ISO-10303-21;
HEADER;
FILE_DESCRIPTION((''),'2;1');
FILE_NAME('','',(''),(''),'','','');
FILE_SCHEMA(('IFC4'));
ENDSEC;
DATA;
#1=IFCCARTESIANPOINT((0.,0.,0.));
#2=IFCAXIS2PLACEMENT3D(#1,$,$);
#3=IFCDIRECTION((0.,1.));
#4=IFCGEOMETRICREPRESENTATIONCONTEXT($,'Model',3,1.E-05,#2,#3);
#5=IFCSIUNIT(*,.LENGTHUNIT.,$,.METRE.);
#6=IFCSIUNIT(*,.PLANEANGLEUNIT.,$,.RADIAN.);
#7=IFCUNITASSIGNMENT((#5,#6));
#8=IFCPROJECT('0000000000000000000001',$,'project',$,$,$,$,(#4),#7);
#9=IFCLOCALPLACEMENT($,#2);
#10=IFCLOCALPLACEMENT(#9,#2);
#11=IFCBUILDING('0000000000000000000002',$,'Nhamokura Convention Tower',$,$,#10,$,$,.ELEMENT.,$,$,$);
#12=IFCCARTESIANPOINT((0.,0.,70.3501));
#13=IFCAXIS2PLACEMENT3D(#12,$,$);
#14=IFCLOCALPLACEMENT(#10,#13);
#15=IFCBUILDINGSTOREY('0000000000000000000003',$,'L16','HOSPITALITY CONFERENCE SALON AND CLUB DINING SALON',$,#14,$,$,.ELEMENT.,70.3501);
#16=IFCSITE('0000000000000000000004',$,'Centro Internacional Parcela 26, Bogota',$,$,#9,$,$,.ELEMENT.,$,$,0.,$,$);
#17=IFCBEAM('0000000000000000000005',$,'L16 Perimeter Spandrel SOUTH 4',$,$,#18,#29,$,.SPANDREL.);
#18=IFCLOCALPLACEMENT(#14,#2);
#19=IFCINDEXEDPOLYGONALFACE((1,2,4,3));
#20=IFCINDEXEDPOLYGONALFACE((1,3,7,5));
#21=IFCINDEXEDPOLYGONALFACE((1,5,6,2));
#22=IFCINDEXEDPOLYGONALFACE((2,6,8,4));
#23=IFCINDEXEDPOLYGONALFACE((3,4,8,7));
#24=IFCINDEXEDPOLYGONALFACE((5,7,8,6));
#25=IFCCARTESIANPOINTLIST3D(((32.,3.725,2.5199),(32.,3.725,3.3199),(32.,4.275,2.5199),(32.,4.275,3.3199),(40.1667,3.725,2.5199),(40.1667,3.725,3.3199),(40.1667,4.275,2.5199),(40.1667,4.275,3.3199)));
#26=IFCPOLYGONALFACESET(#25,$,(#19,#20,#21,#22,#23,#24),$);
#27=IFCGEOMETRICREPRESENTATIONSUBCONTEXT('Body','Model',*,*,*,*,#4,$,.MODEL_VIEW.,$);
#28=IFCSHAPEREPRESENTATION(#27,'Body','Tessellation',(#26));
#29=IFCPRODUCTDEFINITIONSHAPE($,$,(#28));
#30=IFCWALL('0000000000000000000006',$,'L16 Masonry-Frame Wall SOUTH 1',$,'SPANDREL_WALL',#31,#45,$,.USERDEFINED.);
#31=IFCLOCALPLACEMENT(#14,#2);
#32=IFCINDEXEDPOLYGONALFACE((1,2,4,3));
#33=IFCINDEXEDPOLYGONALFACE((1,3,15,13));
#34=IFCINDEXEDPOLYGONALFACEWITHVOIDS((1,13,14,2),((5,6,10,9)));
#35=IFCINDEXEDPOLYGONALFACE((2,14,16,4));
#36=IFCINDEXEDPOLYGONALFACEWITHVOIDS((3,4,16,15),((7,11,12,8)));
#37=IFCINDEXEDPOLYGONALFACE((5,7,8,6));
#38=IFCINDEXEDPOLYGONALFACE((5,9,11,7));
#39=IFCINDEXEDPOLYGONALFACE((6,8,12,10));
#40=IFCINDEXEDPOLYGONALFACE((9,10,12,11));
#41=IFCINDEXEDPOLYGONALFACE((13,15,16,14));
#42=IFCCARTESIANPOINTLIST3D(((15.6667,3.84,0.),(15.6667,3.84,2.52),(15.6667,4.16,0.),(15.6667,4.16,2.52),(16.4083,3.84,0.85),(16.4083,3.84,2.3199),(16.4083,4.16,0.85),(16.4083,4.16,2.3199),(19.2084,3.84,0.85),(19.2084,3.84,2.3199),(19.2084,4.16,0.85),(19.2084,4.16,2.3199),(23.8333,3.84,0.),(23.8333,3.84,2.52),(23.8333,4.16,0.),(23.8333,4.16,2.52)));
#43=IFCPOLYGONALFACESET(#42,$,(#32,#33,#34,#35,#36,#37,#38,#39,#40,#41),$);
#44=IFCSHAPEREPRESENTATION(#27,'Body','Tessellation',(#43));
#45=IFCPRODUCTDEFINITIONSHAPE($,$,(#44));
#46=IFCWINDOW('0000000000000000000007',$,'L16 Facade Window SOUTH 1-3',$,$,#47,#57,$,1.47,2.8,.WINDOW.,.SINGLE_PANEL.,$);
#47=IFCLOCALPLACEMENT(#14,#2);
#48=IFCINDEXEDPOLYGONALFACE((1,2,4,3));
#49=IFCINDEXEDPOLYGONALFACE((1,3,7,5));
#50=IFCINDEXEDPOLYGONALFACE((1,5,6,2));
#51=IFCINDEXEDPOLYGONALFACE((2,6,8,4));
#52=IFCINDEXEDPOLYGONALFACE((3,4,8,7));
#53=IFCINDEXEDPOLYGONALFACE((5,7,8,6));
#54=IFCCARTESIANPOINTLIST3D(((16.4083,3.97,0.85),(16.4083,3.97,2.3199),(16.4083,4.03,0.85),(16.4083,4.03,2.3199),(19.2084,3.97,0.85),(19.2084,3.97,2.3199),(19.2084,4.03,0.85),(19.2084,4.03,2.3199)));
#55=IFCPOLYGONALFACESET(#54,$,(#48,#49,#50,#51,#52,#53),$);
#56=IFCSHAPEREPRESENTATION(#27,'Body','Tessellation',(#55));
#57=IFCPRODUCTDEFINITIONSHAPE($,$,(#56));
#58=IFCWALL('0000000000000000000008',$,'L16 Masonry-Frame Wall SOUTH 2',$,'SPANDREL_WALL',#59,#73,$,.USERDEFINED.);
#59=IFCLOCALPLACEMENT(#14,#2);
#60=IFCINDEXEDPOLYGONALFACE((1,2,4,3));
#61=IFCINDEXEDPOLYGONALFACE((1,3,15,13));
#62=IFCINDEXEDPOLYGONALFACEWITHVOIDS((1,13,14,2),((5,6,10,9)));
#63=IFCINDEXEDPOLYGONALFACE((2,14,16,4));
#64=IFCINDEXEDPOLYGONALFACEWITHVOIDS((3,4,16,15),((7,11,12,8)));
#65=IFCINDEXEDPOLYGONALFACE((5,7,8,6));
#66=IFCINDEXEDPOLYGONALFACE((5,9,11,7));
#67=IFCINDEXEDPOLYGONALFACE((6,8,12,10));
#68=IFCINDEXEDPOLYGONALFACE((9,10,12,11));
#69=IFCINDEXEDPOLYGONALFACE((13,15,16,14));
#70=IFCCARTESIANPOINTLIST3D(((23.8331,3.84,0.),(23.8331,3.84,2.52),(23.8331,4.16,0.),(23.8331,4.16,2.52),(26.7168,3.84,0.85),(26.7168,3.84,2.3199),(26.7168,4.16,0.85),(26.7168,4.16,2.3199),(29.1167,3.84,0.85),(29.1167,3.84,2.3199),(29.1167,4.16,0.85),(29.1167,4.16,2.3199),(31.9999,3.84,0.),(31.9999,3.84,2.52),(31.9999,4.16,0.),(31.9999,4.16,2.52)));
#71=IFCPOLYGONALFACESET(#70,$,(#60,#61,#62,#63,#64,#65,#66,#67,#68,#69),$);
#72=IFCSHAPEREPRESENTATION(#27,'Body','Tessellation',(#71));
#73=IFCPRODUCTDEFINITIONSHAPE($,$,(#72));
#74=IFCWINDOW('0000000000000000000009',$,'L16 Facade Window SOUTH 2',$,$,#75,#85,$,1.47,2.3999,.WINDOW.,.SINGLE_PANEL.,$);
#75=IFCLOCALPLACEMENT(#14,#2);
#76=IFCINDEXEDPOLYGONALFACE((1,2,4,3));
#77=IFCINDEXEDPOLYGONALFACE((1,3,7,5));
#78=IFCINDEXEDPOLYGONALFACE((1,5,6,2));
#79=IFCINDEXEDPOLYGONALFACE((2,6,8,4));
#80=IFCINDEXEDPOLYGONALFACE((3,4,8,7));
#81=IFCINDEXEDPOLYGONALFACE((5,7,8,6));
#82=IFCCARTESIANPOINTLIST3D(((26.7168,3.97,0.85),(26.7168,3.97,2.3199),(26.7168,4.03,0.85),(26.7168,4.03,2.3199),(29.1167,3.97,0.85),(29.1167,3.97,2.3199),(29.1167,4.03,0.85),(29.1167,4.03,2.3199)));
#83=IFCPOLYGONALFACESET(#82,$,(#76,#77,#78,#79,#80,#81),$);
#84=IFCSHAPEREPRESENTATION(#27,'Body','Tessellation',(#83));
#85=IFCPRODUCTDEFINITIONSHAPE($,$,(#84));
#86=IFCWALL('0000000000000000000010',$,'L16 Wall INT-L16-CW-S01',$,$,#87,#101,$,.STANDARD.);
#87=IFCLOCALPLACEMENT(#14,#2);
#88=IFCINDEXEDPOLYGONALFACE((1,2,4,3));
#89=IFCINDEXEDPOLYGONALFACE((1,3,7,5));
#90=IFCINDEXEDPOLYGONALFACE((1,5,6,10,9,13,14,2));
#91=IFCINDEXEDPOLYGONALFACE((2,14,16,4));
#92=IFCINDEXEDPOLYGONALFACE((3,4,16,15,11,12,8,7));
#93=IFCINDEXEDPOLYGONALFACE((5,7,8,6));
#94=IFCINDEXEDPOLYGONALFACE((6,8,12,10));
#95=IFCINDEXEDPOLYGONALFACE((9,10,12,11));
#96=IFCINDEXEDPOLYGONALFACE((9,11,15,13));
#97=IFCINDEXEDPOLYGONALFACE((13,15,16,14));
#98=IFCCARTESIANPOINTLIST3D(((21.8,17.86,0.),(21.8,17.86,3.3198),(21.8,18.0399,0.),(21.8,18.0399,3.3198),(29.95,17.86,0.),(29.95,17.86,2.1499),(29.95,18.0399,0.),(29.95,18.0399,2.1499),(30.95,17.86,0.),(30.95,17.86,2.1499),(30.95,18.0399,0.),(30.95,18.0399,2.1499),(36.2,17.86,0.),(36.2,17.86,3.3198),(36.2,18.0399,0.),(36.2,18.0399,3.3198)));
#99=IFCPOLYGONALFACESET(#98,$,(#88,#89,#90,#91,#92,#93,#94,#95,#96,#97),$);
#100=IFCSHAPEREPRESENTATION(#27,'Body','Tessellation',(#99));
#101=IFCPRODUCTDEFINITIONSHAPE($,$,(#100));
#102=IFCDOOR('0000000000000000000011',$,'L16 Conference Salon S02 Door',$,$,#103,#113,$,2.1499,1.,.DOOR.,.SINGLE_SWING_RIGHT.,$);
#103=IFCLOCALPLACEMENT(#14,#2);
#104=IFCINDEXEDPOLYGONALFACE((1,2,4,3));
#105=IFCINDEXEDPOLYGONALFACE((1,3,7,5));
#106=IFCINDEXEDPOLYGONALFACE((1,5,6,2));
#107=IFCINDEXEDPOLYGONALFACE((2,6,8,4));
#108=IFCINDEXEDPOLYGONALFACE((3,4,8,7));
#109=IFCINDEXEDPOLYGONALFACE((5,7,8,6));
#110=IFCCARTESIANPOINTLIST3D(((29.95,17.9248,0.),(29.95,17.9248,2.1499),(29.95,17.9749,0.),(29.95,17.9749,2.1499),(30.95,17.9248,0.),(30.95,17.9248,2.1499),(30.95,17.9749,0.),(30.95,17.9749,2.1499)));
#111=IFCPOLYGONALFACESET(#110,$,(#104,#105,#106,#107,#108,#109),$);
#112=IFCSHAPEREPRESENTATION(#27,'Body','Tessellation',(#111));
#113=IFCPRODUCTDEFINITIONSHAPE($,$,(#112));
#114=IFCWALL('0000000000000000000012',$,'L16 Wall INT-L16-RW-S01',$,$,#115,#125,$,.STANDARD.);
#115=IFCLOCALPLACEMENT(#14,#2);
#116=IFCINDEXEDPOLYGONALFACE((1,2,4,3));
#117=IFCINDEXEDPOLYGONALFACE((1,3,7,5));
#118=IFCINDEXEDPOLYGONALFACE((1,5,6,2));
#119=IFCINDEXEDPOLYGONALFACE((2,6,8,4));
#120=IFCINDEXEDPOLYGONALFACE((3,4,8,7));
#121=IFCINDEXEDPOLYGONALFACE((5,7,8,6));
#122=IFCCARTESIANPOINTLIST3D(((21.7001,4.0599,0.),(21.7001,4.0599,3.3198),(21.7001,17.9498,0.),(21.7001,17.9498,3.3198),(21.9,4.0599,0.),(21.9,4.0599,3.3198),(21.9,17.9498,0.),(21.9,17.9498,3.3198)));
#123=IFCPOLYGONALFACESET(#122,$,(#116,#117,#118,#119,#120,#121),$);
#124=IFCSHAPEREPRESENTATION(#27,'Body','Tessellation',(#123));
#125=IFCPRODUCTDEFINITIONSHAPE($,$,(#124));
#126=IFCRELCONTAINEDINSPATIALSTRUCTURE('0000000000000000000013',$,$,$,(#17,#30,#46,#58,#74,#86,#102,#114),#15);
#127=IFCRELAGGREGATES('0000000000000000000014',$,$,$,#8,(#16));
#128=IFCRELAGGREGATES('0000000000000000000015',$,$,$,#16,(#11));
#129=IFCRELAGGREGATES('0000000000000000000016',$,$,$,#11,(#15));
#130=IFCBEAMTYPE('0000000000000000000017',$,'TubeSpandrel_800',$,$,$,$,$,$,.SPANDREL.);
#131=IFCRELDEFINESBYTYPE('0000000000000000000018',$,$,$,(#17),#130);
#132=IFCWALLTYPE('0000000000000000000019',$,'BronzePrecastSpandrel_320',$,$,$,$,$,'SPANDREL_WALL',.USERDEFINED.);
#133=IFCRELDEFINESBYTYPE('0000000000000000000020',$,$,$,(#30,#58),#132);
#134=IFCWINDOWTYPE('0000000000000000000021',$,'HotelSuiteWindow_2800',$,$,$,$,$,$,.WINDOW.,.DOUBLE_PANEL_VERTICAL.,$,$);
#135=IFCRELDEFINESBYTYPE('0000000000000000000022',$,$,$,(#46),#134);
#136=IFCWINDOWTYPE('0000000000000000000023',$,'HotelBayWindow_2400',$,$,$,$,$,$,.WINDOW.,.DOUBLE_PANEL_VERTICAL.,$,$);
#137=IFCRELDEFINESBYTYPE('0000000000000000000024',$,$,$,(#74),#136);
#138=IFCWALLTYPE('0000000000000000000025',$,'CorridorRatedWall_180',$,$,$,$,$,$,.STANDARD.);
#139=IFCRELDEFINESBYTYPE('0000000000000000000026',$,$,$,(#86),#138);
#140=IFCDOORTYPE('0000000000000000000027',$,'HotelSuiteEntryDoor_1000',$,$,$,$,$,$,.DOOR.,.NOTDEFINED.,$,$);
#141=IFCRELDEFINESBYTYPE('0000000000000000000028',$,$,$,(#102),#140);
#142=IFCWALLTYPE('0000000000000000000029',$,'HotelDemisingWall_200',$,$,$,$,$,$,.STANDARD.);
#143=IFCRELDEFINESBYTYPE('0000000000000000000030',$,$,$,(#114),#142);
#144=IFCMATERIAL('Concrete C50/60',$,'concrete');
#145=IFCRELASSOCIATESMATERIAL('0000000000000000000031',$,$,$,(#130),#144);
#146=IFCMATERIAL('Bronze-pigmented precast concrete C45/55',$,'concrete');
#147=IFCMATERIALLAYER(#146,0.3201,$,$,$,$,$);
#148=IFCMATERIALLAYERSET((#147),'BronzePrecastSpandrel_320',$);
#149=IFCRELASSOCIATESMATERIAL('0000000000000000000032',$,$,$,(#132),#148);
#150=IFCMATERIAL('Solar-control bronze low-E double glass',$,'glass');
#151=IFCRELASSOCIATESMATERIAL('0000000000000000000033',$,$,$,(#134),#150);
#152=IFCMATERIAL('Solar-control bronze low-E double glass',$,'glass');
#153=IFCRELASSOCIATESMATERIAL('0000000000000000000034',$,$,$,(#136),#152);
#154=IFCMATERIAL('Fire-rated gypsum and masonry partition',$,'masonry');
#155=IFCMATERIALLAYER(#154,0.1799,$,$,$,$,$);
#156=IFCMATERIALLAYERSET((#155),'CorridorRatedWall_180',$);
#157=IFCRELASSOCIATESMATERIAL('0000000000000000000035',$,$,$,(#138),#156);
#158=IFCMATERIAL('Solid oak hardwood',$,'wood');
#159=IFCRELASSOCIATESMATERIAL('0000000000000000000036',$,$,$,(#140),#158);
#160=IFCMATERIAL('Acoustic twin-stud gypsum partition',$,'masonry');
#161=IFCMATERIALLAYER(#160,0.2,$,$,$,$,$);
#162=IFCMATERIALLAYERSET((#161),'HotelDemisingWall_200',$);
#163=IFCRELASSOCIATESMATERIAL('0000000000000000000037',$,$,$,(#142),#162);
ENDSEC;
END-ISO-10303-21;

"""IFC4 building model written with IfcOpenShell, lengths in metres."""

from ifc_helpers import new_model, si_unit, direction, frame, frame_2d, origin, origin_2d, place, context, subcontext, project, spatial, rectangle, extrude, material, layer, layer_set, material_profile, profile_set, type_object, element, fill, save


model = new_model("IFC4")

# Units and contexts
model_context = context("Model", 3, precision=1e-05, world=origin(), true_north=direction((0.0, 1.0)))
body_context = subcontext(model_context, "Body", "Model", "MODEL_VIEW")
ifc_project = project(units=[si_unit("LENGTHUNIT", "METRE"), si_unit("PLANEANGLEUNIT", "RADIAN")], contexts=[model_context])

# Site, building, storey
site_placement = place(None, origin())
site = spatial("IfcSite", under=ifc_project, at=site_placement, Name="Centro Internacional Parcela 26, Bogota", CompositionType="ELEMENT", RefElevation=0.0)
building_placement = place(site_placement, origin())
building = spatial("IfcBuilding", under=site, at=building_placement, Name="Nhamokura Convention Tower", CompositionType="ELEMENT")
storey_placement = place(building_placement, frame((0.0, 0.0, 70.3501)))
storey = spatial("IfcBuildingStorey", under=building, at=storey_placement, Name="L16", Description="HOSPITALITY CONFERENCE SALON AND CLUB DINING SALON", CompositionType="ELEMENT", Elevation=70.3501)

# Beam
ifc_material_1 = material(Name="Concrete C50/60", Category="concrete")
ifc_material_profile_1 = material_profile(ifc_material_1, rectangle(XDim=0.55, YDim=0.8, at=origin_2d()))
ifc_profile_set_1 = profile_set([ifc_material_profile_1], Name="Concrete C50/60")
beam_type_1 = type_object("IfcBeamType", Name="TubeSpandrel_800", PredefinedType="SPANDREL", material=ifc_profile_set_1)
for number, where, z_axis, x_axis, name in (
    (1, (32.0, 4.0, 2.9199), (1.0, 0.0, 0.0), (0.0, 1.0, 0.0), "L16 Perimeter Spandrel SOUTH 4"),
):
    element("IfcBeam", number, at=place(storey_placement, frame(where, z_axis=z_axis, x_axis=x_axis)), inside=storey, type_object=beam_type_1, Name=name, PredefinedType="SPANDREL", context=body_context, shape_type="SweptSolid", body=[
        extrude(rectangle(XDim=0.55, YDim=0.8, at=origin_2d()), origin(), (0.0, 0.0, 1.0), 8.1667),
    ])

# Walls, openings, windows
ifc_material_2 = material(Name="Bronze-pigmented precast concrete C45/55", Category="concrete")
ifc_layer_1 = layer(ifc_material_2, 0.3201)
ifc_layer_set_1 = layer_set([ifc_layer_1], Name="BronzePrecastSpandrel_320")
wall_type_1 = type_object("IfcWallType", Name="BronzePrecastSpandrel_320", ElementType="SPANDREL_WALL", PredefinedType="USERDEFINED", material=ifc_layer_set_1)
wall_1_placement = place(storey_placement, frame((23.8333, 4.0, 0.0), z_axis=(0.0, 0.0, 1.0), x_axis=(-1.0, 0.0, 0.0)))
wall_1 = element("IfcWall", 2, at=wall_1_placement, inside=storey, type_object=wall_type_1, Name="L16 Masonry-Frame Wall SOUTH 1", ObjectType="SPANDREL_WALL", PredefinedType="USERDEFINED", context=body_context, shape_type="SweptSolid", body=[
    extrude(rectangle(XDim=8.1665, YDim=0.3201, at=frame_2d((4.0833, 0.0))), origin(), (0.0, 0.0, 1.0), 2.52),
])
opening_1_placement = place(wall_1_placement, frame((4.625, 0.0, 0.8501)))
opening_1 = element("IfcOpeningElement", 3, at=opening_1_placement, cuts=wall_1, PredefinedType="OPENING", context=body_context, shape_type="SweptSolid", body=[
    extrude(rectangle(XDim=2.8, YDim=1.47, at=frame_2d((1.3999, 0.7349))), frame((0.0, 0.1699, 0.0), z_axis=(0.0, -1.0, 0.0), x_axis=(1.0, 0.0, 0.0)), (0.0, 0.0, 1.0), 0.3401),
])
ifc_material_3 = material(Name="Solar-control bronze low-E double glass", Category="glass")
window_type_1 = type_object("IfcWindowType", Name="HotelSuiteWindow_2800", PartitioningType="DOUBLE_PANEL_VERTICAL", PredefinedType="WINDOW", material=ifc_material_3)
window_1_placement = place(opening_1_placement, origin())
window_1 = element("IfcWindow", 4, at=window_1_placement, inside=storey, type_object=window_type_1, Name="L16 Facade Window SOUTH 1-3", OverallHeight=1.47, OverallWidth=2.8, PartitioningType="SINGLE_PANEL", PredefinedType="WINDOW", context=body_context, shape_type="SweptSolid", body=[
    extrude(rectangle(XDim=2.8, YDim=1.47, at=frame_2d((1.3999, 0.7349))), frame((0.0, 0.03, 0.0), z_axis=(0.0, -1.0, 0.0), x_axis=(1.0, 0.0, 0.0)), (0.0, 0.0, 1.0), 0.0601),
])
fill(opening_1, window_1)
wall_2_placement = place(storey_placement, frame((32.0, 4.0, 0.0), z_axis=(0.0, 0.0, 1.0), x_axis=(-1.0, 0.0, 0.0)))
wall_2 = element("IfcWall", 5, at=wall_2_placement, inside=storey, type_object=wall_type_1, Name="L16 Masonry-Frame Wall SOUTH 2", ObjectType="SPANDREL_WALL", PredefinedType="USERDEFINED", context=body_context, shape_type="SweptSolid", body=[
    extrude(rectangle(XDim=8.1667, YDim=0.3201, at=frame_2d((4.0835, 0.0))), origin(), (0.0, 0.0, 1.0), 2.52),
])
opening_2_placement = place(wall_2_placement, frame((2.8833, 0.0, 0.8501)))
opening_2 = element("IfcOpeningElement", 6, at=opening_2_placement, cuts=wall_2, PredefinedType="OPENING", context=body_context, shape_type="SweptSolid", body=[
    extrude(rectangle(XDim=2.3999, YDim=1.47, at=frame_2d((1.2, 0.7349))), frame((0.0, 0.1699, 0.0), z_axis=(0.0, -1.0, 0.0), x_axis=(1.0, 0.0, 0.0)), (0.0, 0.0, 1.0), 0.3401),
])
ifc_material_4 = material(Name="Solar-control bronze low-E double glass", Category="glass")
window_type_2 = type_object("IfcWindowType", Name="HotelBayWindow_2400", PartitioningType="DOUBLE_PANEL_VERTICAL", PredefinedType="WINDOW", material=ifc_material_4)
window_2_placement = place(opening_2_placement, origin())
window_2 = element("IfcWindow", 7, at=window_2_placement, inside=storey, type_object=window_type_2, Name="L16 Facade Window SOUTH 2", OverallHeight=1.47, OverallWidth=2.3999, PartitioningType="SINGLE_PANEL", PredefinedType="WINDOW", context=body_context, shape_type="SweptSolid", body=[
    extrude(rectangle(XDim=2.3999, YDim=1.47, at=frame_2d((1.2, 0.7349))), frame((0.0, 0.03, 0.0), z_axis=(0.0, -1.0, 0.0), x_axis=(1.0, 0.0, 0.0)), (0.0, 0.0, 1.0), 0.0601),
])
fill(opening_2, window_2)

# Wall, opening, door
ifc_material_5 = material(Name="Fire-rated gypsum and masonry partition", Category="masonry")
ifc_layer_2 = layer(ifc_material_5, 0.1799)
ifc_layer_set_2 = layer_set([ifc_layer_2], Name="CorridorRatedWall_180")
wall_type_2 = type_object("IfcWallType", Name="CorridorRatedWall_180", PredefinedType="STANDARD", material=ifc_layer_set_2)
wall_3_placement = place(storey_placement, frame((21.8, 17.95, 0.0), z_axis=(0.0, 0.0, 1.0), x_axis=(1.0, 0.0, 0.0)))
wall_3 = element("IfcWall", 8, at=wall_3_placement, inside=storey, type_object=wall_type_2, Name="L16 Wall INT-L16-CW-S01", PredefinedType="STANDARD", context=body_context, shape_type="SweptSolid", body=[
    extrude(rectangle(XDim=14.3999, YDim=0.1799, at=frame_2d((7.2, 0.0))), origin(), (0.0, 0.0, 1.0), 3.3198),
])
opening_3_placement = place(wall_3_placement, frame((8.1499, 0.0, 0.0)))
opening_3 = element("IfcOpeningElement", 9, at=opening_3_placement, cuts=wall_3, PredefinedType="OPENING", context=body_context, shape_type="SweptSolid", body=[
    extrude(rectangle(XDim=1.0, YDim=2.1499, at=frame_2d((0.5, 1.075))), frame((0.0, 0.0999, 0.0), z_axis=(0.0, -1.0, 0.0), x_axis=(1.0, 0.0, 0.0)), (0.0, 0.0, 1.0), 0.2),
])
ifc_material_6 = material(Name="Solid oak hardwood", Category="wood")
door_type_1 = type_object("IfcDoorType", Name="HotelSuiteEntryDoor_1000", OperationType="NOTDEFINED", PredefinedType="DOOR", material=ifc_material_6)
door_1_placement = place(opening_3_placement, origin())
door_1 = element("IfcDoor", 10, at=door_1_placement, inside=storey, type_object=door_type_1, Name="L16 Conference Salon S02 Door", OperationType="SINGLE_SWING_RIGHT", OverallHeight=2.1499, OverallWidth=1.0, PredefinedType="DOOR", context=body_context, shape_type="SweptSolid", body=[
    extrude(rectangle(XDim=1.0, YDim=2.1499, at=frame_2d((0.5, 1.075))), frame((0.0, 0.0249, 0.0), z_axis=(0.0, -1.0, 0.0), x_axis=(1.0, 0.0, 0.0)), (0.0, 0.0, 1.0), 0.05),
])
fill(opening_3, door_1)

# Wall
ifc_material_7 = material(Name="Acoustic twin-stud gypsum partition", Category="masonry")
ifc_layer_3 = layer(ifc_material_7, 0.2)
ifc_layer_set_3 = layer_set([ifc_layer_3], Name="HotelDemisingWall_200")
wall_type_3 = type_object("IfcWallType", Name="HotelDemisingWall_200", PredefinedType="STANDARD", material=ifc_layer_set_3)
wall_4_placement = place(storey_placement, frame((21.8, 4.0601, 0.0), z_axis=(0.0, 0.0, 1.0), x_axis=(0.0, 1.0, 0.0)))
element("IfcWall", 11, at=wall_4_placement, inside=storey, type_object=wall_type_3, Name="L16 Wall INT-L16-RW-S01", PredefinedType="STANDARD", context=body_context, shape_type="SweptSolid", body=[
    extrude(rectangle(XDim=13.8899, YDim=0.2, at=frame_2d((6.9448, 0.0))), origin(), (0.0, 0.0, 1.0), 3.3198),
])

save(model, "model.ifc")
